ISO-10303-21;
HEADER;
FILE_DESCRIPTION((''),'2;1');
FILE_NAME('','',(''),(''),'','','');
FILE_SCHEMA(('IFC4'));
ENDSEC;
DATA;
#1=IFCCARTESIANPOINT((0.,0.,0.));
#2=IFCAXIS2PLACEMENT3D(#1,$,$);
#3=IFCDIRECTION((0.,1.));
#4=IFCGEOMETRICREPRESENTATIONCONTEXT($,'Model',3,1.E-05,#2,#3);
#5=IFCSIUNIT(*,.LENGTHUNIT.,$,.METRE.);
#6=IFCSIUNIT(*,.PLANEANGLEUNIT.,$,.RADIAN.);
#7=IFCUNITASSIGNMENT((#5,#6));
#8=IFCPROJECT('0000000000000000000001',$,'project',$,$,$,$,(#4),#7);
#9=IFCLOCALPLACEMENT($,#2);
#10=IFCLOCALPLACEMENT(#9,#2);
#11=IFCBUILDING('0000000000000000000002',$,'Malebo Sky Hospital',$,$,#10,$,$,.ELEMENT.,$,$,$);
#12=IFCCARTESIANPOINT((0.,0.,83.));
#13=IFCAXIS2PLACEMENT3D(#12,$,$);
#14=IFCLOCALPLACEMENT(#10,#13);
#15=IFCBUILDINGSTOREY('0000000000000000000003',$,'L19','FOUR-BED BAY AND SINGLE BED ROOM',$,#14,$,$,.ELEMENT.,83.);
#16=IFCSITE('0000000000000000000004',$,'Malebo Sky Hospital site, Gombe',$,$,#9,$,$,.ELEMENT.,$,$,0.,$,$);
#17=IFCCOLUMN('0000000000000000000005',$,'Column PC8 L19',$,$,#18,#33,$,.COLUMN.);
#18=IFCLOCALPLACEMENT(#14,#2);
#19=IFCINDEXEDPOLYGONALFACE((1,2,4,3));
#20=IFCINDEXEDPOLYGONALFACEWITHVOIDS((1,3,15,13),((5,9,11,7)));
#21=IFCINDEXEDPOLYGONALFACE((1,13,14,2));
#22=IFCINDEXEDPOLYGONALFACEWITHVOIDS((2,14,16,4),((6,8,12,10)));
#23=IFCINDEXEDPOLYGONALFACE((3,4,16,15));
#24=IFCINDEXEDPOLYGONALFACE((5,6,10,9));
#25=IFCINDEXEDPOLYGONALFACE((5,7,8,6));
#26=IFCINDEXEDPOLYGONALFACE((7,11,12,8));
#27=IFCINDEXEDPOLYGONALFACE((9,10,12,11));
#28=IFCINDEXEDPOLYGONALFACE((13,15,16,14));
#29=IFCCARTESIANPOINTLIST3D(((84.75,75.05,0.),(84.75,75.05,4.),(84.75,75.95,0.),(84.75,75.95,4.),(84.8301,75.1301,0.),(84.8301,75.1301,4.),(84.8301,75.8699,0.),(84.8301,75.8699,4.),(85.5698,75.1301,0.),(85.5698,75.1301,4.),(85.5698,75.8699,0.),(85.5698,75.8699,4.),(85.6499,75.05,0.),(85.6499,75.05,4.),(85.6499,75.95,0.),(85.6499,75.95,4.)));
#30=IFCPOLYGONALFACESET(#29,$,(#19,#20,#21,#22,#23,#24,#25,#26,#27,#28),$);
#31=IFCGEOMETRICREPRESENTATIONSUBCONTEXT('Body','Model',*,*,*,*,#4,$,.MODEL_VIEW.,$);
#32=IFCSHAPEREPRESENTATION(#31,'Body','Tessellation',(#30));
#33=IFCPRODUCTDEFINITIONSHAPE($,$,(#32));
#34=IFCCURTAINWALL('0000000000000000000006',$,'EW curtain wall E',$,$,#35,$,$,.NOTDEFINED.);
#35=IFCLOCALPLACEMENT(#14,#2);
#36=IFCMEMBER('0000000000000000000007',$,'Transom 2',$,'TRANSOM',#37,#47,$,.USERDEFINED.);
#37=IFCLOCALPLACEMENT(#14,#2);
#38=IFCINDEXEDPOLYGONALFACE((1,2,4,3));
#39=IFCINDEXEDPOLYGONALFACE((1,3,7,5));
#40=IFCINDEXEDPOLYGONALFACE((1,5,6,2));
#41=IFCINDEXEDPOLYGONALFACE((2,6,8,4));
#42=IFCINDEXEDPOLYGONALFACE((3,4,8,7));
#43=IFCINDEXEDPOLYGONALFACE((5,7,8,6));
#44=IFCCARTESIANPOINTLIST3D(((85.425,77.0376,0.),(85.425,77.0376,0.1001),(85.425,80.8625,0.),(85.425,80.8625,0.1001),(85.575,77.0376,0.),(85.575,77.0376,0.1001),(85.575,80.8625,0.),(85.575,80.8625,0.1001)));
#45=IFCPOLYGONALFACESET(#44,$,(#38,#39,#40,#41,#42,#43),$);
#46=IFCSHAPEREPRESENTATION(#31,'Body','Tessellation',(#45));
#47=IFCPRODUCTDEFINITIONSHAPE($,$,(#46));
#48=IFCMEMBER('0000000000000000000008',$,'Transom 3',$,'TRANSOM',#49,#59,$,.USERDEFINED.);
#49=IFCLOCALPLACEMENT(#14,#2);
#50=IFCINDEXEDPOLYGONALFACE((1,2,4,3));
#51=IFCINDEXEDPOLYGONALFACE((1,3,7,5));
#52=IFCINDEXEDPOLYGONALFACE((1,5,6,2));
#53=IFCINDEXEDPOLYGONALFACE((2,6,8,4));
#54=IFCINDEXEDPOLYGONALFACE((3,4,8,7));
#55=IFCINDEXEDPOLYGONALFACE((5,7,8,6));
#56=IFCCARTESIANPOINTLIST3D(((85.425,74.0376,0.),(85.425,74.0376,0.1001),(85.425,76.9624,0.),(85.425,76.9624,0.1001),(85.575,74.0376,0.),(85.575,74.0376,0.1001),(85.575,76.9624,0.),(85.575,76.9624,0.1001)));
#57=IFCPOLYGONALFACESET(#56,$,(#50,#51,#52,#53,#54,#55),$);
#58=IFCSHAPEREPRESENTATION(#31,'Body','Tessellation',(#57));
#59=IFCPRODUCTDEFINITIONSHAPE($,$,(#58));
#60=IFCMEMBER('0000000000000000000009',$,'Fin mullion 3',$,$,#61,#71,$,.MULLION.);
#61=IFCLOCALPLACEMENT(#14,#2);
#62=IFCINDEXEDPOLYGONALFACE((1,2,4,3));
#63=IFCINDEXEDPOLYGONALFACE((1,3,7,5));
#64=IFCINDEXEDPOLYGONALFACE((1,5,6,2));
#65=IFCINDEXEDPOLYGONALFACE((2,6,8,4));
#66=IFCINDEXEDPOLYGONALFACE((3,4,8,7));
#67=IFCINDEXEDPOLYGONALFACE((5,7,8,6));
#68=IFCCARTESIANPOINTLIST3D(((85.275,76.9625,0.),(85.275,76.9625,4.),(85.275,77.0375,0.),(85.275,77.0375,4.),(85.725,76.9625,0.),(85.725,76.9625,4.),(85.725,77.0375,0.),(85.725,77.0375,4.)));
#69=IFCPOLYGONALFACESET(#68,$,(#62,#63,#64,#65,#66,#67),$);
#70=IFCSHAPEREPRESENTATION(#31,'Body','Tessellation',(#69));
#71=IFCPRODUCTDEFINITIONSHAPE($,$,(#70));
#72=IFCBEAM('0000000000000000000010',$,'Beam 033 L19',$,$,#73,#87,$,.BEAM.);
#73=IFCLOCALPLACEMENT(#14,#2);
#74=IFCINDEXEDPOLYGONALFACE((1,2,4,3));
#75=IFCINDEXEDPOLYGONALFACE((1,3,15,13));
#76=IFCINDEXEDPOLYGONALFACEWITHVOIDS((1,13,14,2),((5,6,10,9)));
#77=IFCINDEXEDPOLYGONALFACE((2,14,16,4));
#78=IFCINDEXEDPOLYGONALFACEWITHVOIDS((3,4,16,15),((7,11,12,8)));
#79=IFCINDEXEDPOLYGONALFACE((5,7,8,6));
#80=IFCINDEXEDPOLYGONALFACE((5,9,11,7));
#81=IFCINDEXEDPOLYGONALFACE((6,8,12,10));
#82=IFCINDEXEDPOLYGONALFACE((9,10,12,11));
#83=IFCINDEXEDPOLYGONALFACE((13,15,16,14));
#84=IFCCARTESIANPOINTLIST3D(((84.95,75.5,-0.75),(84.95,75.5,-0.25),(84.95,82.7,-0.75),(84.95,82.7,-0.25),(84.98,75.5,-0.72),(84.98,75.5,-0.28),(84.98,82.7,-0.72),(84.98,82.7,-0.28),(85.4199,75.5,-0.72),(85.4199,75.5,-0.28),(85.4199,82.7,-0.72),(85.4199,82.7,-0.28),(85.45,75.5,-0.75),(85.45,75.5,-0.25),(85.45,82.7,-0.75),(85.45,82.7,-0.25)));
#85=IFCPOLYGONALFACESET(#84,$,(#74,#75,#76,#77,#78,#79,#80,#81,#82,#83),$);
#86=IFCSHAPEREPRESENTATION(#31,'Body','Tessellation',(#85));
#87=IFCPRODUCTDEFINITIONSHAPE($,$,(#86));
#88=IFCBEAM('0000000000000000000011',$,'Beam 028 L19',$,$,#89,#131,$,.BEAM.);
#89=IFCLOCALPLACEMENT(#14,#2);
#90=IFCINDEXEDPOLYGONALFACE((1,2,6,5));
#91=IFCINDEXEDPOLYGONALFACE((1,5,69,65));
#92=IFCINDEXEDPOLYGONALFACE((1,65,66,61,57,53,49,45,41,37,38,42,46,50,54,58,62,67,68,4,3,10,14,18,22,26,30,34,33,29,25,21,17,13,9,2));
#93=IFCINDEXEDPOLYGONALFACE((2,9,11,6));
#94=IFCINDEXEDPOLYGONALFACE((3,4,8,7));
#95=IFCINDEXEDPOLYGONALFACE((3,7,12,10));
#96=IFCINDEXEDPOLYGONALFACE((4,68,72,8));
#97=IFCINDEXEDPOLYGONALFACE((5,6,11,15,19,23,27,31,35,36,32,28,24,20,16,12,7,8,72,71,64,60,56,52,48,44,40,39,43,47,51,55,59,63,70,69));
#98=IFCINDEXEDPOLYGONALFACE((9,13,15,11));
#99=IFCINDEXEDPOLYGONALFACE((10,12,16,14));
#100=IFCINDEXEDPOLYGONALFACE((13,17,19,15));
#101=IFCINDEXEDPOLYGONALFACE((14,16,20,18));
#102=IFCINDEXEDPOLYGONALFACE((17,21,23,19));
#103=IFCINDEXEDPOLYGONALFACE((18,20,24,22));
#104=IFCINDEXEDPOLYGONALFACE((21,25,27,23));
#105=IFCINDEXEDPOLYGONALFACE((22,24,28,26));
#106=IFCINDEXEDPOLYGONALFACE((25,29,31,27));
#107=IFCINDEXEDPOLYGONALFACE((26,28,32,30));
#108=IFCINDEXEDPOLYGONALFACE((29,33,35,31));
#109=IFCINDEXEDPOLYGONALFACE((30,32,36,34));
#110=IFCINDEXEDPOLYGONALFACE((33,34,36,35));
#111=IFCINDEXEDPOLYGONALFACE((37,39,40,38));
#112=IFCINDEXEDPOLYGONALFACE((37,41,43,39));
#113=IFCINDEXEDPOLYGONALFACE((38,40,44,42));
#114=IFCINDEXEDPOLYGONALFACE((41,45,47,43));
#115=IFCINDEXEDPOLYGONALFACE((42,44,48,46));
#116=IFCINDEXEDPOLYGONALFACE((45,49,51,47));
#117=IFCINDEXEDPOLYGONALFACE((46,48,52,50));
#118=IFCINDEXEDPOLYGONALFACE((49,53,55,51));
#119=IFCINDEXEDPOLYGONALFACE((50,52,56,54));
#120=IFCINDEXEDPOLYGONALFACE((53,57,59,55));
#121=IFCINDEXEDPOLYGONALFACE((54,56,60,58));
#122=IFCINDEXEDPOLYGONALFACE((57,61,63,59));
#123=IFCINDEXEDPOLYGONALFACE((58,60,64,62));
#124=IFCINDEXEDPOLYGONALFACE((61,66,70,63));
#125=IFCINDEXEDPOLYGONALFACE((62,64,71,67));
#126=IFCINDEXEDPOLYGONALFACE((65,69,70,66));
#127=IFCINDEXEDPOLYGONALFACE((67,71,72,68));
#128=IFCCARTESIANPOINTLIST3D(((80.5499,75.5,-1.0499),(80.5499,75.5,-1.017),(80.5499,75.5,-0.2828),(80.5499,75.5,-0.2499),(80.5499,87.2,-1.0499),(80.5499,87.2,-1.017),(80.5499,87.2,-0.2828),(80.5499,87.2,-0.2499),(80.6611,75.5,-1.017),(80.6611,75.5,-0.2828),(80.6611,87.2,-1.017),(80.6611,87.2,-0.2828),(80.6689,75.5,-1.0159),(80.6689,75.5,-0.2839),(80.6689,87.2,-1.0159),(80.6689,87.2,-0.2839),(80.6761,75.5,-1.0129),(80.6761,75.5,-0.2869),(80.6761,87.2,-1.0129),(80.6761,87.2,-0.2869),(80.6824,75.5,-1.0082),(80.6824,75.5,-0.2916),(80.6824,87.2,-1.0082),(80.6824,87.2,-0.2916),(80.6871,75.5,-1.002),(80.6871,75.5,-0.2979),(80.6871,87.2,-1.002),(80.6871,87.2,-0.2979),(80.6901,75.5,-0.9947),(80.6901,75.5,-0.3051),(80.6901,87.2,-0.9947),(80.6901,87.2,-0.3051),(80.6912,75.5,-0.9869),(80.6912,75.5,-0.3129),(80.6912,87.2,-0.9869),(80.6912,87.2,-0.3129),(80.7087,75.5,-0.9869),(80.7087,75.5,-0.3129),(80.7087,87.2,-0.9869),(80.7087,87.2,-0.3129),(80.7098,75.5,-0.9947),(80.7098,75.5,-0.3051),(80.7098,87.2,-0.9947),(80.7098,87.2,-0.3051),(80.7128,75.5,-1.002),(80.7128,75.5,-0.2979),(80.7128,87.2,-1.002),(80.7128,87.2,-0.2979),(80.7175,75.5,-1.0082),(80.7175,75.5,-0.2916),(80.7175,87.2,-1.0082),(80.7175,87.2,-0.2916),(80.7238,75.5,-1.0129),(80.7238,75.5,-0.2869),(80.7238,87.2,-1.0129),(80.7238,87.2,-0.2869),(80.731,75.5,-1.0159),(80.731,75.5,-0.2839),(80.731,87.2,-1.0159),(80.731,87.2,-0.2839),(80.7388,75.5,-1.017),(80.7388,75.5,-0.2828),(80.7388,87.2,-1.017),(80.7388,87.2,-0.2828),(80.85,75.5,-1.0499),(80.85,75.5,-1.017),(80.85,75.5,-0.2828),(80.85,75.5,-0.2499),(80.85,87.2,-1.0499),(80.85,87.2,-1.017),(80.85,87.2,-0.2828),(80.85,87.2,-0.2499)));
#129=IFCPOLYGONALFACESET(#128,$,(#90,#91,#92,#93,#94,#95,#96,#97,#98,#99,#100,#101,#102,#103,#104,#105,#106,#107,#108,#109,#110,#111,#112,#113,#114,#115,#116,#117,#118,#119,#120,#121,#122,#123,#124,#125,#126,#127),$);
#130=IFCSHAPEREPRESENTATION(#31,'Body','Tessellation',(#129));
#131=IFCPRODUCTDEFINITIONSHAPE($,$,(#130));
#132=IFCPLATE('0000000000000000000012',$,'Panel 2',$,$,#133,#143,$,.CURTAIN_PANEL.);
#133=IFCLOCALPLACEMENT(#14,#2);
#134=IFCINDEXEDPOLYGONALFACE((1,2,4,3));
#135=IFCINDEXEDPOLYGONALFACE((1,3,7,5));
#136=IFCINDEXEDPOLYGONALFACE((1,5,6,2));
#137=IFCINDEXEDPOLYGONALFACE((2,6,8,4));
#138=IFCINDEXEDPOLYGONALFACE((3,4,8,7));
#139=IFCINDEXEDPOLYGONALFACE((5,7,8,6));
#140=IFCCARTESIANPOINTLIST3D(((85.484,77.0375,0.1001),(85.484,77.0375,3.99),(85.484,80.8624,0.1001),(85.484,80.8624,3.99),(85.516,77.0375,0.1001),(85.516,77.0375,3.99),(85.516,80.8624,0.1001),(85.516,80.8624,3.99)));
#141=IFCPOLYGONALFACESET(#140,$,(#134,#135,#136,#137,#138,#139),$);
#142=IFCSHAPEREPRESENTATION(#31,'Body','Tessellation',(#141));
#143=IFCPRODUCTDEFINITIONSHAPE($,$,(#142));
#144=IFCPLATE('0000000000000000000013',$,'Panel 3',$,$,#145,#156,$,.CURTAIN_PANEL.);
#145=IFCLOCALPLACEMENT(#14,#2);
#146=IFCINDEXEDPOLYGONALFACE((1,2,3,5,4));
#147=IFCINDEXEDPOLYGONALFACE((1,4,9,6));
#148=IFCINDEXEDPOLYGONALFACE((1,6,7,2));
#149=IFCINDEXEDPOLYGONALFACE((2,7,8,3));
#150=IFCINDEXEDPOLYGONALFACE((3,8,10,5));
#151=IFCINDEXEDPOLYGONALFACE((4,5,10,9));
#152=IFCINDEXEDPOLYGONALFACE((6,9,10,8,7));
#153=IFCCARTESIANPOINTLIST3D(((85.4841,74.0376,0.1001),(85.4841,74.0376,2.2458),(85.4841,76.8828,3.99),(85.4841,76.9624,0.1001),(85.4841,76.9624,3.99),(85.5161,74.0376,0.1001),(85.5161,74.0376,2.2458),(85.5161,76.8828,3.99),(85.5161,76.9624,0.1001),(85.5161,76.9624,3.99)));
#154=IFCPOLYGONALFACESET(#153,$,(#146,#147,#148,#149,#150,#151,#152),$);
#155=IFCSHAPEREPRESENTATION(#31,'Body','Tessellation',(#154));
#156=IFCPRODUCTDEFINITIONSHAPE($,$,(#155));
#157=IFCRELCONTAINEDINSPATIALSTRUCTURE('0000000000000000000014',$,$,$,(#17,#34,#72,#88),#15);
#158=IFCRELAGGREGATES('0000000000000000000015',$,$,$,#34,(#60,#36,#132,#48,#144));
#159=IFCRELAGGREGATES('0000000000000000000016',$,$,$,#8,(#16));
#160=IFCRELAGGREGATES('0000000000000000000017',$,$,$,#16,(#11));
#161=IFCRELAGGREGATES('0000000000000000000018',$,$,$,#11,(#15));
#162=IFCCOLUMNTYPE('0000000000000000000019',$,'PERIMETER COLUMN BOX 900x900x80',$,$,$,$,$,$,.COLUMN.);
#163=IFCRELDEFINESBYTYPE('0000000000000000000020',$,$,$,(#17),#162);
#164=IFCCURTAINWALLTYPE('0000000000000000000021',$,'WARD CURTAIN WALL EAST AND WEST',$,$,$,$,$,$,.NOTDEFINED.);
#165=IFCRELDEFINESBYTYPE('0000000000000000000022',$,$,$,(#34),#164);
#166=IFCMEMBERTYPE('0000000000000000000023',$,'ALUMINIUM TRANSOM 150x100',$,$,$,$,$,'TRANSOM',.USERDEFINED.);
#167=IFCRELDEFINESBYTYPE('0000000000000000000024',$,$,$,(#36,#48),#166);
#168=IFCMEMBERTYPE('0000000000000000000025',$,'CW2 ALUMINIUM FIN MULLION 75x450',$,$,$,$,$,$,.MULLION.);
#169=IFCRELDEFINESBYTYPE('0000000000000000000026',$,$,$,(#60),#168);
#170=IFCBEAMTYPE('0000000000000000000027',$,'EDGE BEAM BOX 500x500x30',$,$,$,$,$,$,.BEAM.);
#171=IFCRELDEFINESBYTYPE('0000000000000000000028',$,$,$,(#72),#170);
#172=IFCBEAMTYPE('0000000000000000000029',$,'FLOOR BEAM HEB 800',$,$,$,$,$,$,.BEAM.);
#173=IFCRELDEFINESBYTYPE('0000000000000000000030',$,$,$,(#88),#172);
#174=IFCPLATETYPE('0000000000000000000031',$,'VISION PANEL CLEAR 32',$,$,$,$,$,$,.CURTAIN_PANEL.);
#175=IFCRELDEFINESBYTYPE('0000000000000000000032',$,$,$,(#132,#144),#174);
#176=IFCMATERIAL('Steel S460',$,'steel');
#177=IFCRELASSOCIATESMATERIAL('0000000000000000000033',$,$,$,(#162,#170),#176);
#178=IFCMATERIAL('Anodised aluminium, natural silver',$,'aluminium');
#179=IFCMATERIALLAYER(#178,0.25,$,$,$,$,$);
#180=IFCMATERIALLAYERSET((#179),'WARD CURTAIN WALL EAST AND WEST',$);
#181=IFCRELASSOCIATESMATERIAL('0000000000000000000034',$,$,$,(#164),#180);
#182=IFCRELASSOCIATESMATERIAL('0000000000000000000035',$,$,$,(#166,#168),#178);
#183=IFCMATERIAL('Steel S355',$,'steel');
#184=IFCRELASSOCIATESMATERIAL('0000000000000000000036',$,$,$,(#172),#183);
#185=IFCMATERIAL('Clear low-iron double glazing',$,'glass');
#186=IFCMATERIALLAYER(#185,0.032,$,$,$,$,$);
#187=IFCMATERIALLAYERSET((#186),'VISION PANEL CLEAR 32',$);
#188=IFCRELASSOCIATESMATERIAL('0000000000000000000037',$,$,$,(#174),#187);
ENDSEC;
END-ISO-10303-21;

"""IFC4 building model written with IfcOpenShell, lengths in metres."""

from ifc_helpers import new_model, si_unit, direction, frame, origin, origin_2d, place, context, subcontext, project, spatial, polyline, rectangle, hollow_rectangle, i_section, outline, extrude, material, layer, layer_set, material_profile, profile_set, type_object, element, aggregate, save


model = new_model("IFC4")

# Units and contexts
model_context = context("Model", 3, precision=1e-05, world=origin(), true_north=direction((0.0, 1.0)))
body_context = subcontext(model_context, "Body", "Model", "MODEL_VIEW")
ifc_project = project(units=[si_unit("LENGTHUNIT", "METRE"), si_unit("PLANEANGLEUNIT", "RADIAN")], contexts=[model_context])

# Site, building, storey
site_placement = place(None, origin())
site = spatial("IfcSite", under=ifc_project, at=site_placement, Name="Malebo Sky Hospital site, Gombe", CompositionType="ELEMENT", RefElevation=0.0)
building_placement = place(site_placement, origin())
building = spatial("IfcBuilding", under=site, at=building_placement, Name="Malebo Sky Hospital", CompositionType="ELEMENT")
storey_placement = place(building_placement, frame((0.0, 0.0, 83.0)))
storey = spatial("IfcBuildingStorey", under=building, at=storey_placement, Name="L19", Description="FOUR-BED BAY AND SINGLE BED ROOM", CompositionType="ELEMENT", Elevation=83.0)

# Column
ifc_material_1 = material(Name="Steel S460", Category="steel")
ifc_material_profile_1 = material_profile(ifc_material_1, hollow_rectangle(XDim=0.8999, YDim=0.8999, WallThickness=0.0801, at=origin_2d()), Name="BOX 900x900x80")
ifc_profile_set_1 = profile_set([ifc_material_profile_1], Name="Steel S460")
column_type = type_object("IfcColumnType", Name="PERIMETER COLUMN BOX 900x900x80", PredefinedType="COLUMN", material=ifc_profile_set_1)
column_placement = place(storey_placement, frame((85.2, 75.5, 0.0), z_axis=(0.0, 0.0, 1.0), x_axis=(1.0, 0.0, 0.0)))
element("IfcColumn", 1, at=column_placement, inside=storey, type_object=column_type, Name="Column PC8 L19", PredefinedType="COLUMN", context=body_context, shape_type="SweptSolid", body=[
    extrude(hollow_rectangle(XDim=0.8999, YDim=0.8999, WallThickness=0.0801, at=origin_2d()), origin(), (0.0, 0.0, 1.0), 4.0),
])

# Curtain wall, members
ifc_material_2 = material(Name="Anodised aluminium, natural silver", Category="aluminium")
ifc_layer_1 = layer(ifc_material_2, 0.25)
ifc_layer_set_1 = layer_set([ifc_layer_1], Name="WARD CURTAIN WALL EAST AND WEST")
curtain_wall_type = type_object("IfcCurtainWallType", Name="WARD CURTAIN WALL EAST AND WEST", PredefinedType="NOTDEFINED", material=ifc_layer_set_1)
curtain_wall_placement = place(storey_placement, origin())
curtain_wall = element("IfcCurtainWall", 2, at=curtain_wall_placement, inside=storey, type_object=curtain_wall_type, Name="EW curtain wall E", PredefinedType="NOTDEFINED")
ifc_material_profile_2 = material_profile(ifc_material_2, rectangle(XDim=0.1499, YDim=0.1001, at=origin_2d()), Name="ALUMINIUM TRANSOM 150x100")
ifc_profile_set_2 = profile_set([ifc_material_profile_2], Name="Anodised aluminium, natural silver")
member_type_1 = type_object("IfcMemberType", Name="ALUMINIUM TRANSOM 150x100", ElementType="TRANSOM", PredefinedType="USERDEFINED", material=ifc_profile_set_2)
member_1_placement = place(storey_placement, frame((85.5, 80.8625, 0.05), z_axis=(0.0, -1.0, 0.0), x_axis=(1.0, 0.0, 0.0)))
member_1 = element("IfcMember", 3, at=member_1_placement, type_object=member_type_1, Name="Transom 2", ObjectType="TRANSOM", PredefinedType="USERDEFINED", context=body_context, shape_type="SweptSolid", body=[
    extrude(rectangle(XDim=0.1499, YDim=0.1001, at=origin_2d()), origin(), (0.0, 0.0, 1.0), 3.825),
])
member_2_placement = place(storey_placement, frame((85.5, 76.9624, 0.05), z_axis=(0.0, -1.0, 0.0), x_axis=(1.0, 0.0, 0.0)))
member_2 = element("IfcMember", 4, at=member_2_placement, type_object=member_type_1, Name="Transom 3", ObjectType="TRANSOM", PredefinedType="USERDEFINED", context=body_context, shape_type="SweptSolid", body=[
    extrude(rectangle(XDim=0.1499, YDim=0.1001, at=origin_2d()), origin(), (0.0, 0.0, 1.0), 2.9248),
])
ifc_material_profile_3 = material_profile(ifc_material_2, rectangle(XDim=0.075, YDim=0.45, at=origin_2d()), Name="CW2 ALUMINIUM FIN MULLION 75x450")
ifc_profile_set_3 = profile_set([ifc_material_profile_3], Name="Anodised aluminium, natural silver")
member_type_2 = type_object("IfcMemberType", Name="CW2 ALUMINIUM FIN MULLION 75x450", PredefinedType="MULLION", material=ifc_profile_set_3)
member_3_placement = place(storey_placement, frame((85.5, 77.0, 0.0), z_axis=(0.0, 0.0, 1.0), x_axis=(0.0, -1.0, 0.0)))
member_3 = element("IfcMember", 5, at=member_3_placement, type_object=member_type_2, Name="Fin mullion 3", PredefinedType="MULLION", context=body_context, shape_type="SweptSolid", body=[
    extrude(rectangle(XDim=0.075, YDim=0.45, at=origin_2d()), origin(), (0.0, 0.0, 1.0), 4.0),
])

# Beams
ifc_material_profile_4 = material_profile(ifc_material_1, hollow_rectangle(XDim=0.5, YDim=0.5, WallThickness=0.03, at=origin_2d()), Name="BOX 500x500x30")
ifc_profile_set_4 = profile_set([ifc_material_profile_4], Name="Steel S460")
beam_type_1 = type_object("IfcBeamType", Name="EDGE BEAM BOX 500x500x30", PredefinedType="BEAM", material=ifc_profile_set_4)
beam_1_placement = place(storey_placement, frame((85.2, 75.5, -0.5), z_axis=(0.0, 1.0, 0.0), x_axis=(-1.0, 0.0, 0.0)))
element("IfcBeam", 6, at=beam_1_placement, inside=storey, type_object=beam_type_1, Name="Beam 033 L19", PredefinedType="BEAM", context=body_context, shape_type="SweptSolid", body=[
    extrude(hollow_rectangle(XDim=0.5, YDim=0.5, WallThickness=0.03, at=origin_2d()), origin(), (0.0, 0.0, 1.0), 7.2),
])
ifc_material_3 = material(Name="Steel S355", Category="steel")
ifc_material_profile_5 = material_profile(ifc_material_3, i_section(OverallWidth=0.3, OverallDepth=0.8, WebThickness=0.0176, FlangeThickness=0.033, FilletRadius=0.03, at=origin_2d()), Name="HEB 800")
ifc_profile_set_5 = profile_set([ifc_material_profile_5], Name="Steel S355")
beam_type_2 = type_object("IfcBeamType", Name="FLOOR BEAM HEB 800", PredefinedType="BEAM", material=ifc_profile_set_5)
beam_2_placement = place(storey_placement, frame((80.7, 75.5, -0.6499), z_axis=(0.0, 1.0, 0.0), x_axis=(-1.0, 0.0, 0.0)))
element("IfcBeam", 7, at=beam_2_placement, inside=storey, type_object=beam_type_2, Name="Beam 028 L19", PredefinedType="BEAM", context=body_context, shape_type="SweptSolid", body=[
    extrude(i_section(OverallWidth=0.3, OverallDepth=0.8, WebThickness=0.0176, FlangeThickness=0.033, FilletRadius=0.03, at=origin_2d()), origin(), (0.0, 0.0, 1.0), 11.7),
])

# Plates
ifc_material_4 = material(Name="Clear low-iron double glazing", Category="glass")
ifc_layer_2 = layer(ifc_material_4, 0.032)
ifc_layer_set_2 = layer_set([ifc_layer_2], Name="VISION PANEL CLEAR 32")
plate_type = type_object("IfcPlateType", Name="VISION PANEL CLEAR 32", PredefinedType="CURTAIN_PANEL", material=ifc_layer_set_2)
plate_1_placement = place(storey_placement, frame((85.5, 78.95, 0.1001), z_axis=(0.0, 0.0, 1.0), x_axis=(0.0, -1.0, 0.0)))
plate_1 = element("IfcPlate", 8, at=plate_1_placement, type_object=plate_type, Name="Panel 2", PredefinedType="CURTAIN_PANEL", context=body_context, shape_type="SweptSolid", body=[
    extrude(rectangle(XDim=3.825, YDim=0.032, at=origin_2d()), origin(), (0.0, 0.0, 1.0), 3.8899),
])
plate_2_placement = place(storey_placement, frame((85.5, 75.5, 0.1001), z_axis=(0.0, 0.0, 1.0), x_axis=(0.0, -1.0, 0.0)))
plate_2 = element("IfcPlate", 9, at=plate_2_placement, type_object=plate_type, Name="Panel 3", PredefinedType="CURTAIN_PANEL", context=body_context, shape_type="SweptSolid", body=[
    extrude(outline(polyline([(-1.4624, 0.0), (1.4624, 0.0), (1.4624, 2.1458), (-1.3828, 3.8899), (-1.4624, 3.8899), (-1.4624, 0.0)])), frame((0.0, 0.0161, 0.0), z_axis=(0.0, -1.0, 0.0), x_axis=(1.0, 0.0, 0.0)), (0.0, 0.0, 1.0), 0.032),
])
aggregate(curtain_wall, [member_3, member_1, plate_1, member_2, plate_2])

save(model, "model.ifc")
